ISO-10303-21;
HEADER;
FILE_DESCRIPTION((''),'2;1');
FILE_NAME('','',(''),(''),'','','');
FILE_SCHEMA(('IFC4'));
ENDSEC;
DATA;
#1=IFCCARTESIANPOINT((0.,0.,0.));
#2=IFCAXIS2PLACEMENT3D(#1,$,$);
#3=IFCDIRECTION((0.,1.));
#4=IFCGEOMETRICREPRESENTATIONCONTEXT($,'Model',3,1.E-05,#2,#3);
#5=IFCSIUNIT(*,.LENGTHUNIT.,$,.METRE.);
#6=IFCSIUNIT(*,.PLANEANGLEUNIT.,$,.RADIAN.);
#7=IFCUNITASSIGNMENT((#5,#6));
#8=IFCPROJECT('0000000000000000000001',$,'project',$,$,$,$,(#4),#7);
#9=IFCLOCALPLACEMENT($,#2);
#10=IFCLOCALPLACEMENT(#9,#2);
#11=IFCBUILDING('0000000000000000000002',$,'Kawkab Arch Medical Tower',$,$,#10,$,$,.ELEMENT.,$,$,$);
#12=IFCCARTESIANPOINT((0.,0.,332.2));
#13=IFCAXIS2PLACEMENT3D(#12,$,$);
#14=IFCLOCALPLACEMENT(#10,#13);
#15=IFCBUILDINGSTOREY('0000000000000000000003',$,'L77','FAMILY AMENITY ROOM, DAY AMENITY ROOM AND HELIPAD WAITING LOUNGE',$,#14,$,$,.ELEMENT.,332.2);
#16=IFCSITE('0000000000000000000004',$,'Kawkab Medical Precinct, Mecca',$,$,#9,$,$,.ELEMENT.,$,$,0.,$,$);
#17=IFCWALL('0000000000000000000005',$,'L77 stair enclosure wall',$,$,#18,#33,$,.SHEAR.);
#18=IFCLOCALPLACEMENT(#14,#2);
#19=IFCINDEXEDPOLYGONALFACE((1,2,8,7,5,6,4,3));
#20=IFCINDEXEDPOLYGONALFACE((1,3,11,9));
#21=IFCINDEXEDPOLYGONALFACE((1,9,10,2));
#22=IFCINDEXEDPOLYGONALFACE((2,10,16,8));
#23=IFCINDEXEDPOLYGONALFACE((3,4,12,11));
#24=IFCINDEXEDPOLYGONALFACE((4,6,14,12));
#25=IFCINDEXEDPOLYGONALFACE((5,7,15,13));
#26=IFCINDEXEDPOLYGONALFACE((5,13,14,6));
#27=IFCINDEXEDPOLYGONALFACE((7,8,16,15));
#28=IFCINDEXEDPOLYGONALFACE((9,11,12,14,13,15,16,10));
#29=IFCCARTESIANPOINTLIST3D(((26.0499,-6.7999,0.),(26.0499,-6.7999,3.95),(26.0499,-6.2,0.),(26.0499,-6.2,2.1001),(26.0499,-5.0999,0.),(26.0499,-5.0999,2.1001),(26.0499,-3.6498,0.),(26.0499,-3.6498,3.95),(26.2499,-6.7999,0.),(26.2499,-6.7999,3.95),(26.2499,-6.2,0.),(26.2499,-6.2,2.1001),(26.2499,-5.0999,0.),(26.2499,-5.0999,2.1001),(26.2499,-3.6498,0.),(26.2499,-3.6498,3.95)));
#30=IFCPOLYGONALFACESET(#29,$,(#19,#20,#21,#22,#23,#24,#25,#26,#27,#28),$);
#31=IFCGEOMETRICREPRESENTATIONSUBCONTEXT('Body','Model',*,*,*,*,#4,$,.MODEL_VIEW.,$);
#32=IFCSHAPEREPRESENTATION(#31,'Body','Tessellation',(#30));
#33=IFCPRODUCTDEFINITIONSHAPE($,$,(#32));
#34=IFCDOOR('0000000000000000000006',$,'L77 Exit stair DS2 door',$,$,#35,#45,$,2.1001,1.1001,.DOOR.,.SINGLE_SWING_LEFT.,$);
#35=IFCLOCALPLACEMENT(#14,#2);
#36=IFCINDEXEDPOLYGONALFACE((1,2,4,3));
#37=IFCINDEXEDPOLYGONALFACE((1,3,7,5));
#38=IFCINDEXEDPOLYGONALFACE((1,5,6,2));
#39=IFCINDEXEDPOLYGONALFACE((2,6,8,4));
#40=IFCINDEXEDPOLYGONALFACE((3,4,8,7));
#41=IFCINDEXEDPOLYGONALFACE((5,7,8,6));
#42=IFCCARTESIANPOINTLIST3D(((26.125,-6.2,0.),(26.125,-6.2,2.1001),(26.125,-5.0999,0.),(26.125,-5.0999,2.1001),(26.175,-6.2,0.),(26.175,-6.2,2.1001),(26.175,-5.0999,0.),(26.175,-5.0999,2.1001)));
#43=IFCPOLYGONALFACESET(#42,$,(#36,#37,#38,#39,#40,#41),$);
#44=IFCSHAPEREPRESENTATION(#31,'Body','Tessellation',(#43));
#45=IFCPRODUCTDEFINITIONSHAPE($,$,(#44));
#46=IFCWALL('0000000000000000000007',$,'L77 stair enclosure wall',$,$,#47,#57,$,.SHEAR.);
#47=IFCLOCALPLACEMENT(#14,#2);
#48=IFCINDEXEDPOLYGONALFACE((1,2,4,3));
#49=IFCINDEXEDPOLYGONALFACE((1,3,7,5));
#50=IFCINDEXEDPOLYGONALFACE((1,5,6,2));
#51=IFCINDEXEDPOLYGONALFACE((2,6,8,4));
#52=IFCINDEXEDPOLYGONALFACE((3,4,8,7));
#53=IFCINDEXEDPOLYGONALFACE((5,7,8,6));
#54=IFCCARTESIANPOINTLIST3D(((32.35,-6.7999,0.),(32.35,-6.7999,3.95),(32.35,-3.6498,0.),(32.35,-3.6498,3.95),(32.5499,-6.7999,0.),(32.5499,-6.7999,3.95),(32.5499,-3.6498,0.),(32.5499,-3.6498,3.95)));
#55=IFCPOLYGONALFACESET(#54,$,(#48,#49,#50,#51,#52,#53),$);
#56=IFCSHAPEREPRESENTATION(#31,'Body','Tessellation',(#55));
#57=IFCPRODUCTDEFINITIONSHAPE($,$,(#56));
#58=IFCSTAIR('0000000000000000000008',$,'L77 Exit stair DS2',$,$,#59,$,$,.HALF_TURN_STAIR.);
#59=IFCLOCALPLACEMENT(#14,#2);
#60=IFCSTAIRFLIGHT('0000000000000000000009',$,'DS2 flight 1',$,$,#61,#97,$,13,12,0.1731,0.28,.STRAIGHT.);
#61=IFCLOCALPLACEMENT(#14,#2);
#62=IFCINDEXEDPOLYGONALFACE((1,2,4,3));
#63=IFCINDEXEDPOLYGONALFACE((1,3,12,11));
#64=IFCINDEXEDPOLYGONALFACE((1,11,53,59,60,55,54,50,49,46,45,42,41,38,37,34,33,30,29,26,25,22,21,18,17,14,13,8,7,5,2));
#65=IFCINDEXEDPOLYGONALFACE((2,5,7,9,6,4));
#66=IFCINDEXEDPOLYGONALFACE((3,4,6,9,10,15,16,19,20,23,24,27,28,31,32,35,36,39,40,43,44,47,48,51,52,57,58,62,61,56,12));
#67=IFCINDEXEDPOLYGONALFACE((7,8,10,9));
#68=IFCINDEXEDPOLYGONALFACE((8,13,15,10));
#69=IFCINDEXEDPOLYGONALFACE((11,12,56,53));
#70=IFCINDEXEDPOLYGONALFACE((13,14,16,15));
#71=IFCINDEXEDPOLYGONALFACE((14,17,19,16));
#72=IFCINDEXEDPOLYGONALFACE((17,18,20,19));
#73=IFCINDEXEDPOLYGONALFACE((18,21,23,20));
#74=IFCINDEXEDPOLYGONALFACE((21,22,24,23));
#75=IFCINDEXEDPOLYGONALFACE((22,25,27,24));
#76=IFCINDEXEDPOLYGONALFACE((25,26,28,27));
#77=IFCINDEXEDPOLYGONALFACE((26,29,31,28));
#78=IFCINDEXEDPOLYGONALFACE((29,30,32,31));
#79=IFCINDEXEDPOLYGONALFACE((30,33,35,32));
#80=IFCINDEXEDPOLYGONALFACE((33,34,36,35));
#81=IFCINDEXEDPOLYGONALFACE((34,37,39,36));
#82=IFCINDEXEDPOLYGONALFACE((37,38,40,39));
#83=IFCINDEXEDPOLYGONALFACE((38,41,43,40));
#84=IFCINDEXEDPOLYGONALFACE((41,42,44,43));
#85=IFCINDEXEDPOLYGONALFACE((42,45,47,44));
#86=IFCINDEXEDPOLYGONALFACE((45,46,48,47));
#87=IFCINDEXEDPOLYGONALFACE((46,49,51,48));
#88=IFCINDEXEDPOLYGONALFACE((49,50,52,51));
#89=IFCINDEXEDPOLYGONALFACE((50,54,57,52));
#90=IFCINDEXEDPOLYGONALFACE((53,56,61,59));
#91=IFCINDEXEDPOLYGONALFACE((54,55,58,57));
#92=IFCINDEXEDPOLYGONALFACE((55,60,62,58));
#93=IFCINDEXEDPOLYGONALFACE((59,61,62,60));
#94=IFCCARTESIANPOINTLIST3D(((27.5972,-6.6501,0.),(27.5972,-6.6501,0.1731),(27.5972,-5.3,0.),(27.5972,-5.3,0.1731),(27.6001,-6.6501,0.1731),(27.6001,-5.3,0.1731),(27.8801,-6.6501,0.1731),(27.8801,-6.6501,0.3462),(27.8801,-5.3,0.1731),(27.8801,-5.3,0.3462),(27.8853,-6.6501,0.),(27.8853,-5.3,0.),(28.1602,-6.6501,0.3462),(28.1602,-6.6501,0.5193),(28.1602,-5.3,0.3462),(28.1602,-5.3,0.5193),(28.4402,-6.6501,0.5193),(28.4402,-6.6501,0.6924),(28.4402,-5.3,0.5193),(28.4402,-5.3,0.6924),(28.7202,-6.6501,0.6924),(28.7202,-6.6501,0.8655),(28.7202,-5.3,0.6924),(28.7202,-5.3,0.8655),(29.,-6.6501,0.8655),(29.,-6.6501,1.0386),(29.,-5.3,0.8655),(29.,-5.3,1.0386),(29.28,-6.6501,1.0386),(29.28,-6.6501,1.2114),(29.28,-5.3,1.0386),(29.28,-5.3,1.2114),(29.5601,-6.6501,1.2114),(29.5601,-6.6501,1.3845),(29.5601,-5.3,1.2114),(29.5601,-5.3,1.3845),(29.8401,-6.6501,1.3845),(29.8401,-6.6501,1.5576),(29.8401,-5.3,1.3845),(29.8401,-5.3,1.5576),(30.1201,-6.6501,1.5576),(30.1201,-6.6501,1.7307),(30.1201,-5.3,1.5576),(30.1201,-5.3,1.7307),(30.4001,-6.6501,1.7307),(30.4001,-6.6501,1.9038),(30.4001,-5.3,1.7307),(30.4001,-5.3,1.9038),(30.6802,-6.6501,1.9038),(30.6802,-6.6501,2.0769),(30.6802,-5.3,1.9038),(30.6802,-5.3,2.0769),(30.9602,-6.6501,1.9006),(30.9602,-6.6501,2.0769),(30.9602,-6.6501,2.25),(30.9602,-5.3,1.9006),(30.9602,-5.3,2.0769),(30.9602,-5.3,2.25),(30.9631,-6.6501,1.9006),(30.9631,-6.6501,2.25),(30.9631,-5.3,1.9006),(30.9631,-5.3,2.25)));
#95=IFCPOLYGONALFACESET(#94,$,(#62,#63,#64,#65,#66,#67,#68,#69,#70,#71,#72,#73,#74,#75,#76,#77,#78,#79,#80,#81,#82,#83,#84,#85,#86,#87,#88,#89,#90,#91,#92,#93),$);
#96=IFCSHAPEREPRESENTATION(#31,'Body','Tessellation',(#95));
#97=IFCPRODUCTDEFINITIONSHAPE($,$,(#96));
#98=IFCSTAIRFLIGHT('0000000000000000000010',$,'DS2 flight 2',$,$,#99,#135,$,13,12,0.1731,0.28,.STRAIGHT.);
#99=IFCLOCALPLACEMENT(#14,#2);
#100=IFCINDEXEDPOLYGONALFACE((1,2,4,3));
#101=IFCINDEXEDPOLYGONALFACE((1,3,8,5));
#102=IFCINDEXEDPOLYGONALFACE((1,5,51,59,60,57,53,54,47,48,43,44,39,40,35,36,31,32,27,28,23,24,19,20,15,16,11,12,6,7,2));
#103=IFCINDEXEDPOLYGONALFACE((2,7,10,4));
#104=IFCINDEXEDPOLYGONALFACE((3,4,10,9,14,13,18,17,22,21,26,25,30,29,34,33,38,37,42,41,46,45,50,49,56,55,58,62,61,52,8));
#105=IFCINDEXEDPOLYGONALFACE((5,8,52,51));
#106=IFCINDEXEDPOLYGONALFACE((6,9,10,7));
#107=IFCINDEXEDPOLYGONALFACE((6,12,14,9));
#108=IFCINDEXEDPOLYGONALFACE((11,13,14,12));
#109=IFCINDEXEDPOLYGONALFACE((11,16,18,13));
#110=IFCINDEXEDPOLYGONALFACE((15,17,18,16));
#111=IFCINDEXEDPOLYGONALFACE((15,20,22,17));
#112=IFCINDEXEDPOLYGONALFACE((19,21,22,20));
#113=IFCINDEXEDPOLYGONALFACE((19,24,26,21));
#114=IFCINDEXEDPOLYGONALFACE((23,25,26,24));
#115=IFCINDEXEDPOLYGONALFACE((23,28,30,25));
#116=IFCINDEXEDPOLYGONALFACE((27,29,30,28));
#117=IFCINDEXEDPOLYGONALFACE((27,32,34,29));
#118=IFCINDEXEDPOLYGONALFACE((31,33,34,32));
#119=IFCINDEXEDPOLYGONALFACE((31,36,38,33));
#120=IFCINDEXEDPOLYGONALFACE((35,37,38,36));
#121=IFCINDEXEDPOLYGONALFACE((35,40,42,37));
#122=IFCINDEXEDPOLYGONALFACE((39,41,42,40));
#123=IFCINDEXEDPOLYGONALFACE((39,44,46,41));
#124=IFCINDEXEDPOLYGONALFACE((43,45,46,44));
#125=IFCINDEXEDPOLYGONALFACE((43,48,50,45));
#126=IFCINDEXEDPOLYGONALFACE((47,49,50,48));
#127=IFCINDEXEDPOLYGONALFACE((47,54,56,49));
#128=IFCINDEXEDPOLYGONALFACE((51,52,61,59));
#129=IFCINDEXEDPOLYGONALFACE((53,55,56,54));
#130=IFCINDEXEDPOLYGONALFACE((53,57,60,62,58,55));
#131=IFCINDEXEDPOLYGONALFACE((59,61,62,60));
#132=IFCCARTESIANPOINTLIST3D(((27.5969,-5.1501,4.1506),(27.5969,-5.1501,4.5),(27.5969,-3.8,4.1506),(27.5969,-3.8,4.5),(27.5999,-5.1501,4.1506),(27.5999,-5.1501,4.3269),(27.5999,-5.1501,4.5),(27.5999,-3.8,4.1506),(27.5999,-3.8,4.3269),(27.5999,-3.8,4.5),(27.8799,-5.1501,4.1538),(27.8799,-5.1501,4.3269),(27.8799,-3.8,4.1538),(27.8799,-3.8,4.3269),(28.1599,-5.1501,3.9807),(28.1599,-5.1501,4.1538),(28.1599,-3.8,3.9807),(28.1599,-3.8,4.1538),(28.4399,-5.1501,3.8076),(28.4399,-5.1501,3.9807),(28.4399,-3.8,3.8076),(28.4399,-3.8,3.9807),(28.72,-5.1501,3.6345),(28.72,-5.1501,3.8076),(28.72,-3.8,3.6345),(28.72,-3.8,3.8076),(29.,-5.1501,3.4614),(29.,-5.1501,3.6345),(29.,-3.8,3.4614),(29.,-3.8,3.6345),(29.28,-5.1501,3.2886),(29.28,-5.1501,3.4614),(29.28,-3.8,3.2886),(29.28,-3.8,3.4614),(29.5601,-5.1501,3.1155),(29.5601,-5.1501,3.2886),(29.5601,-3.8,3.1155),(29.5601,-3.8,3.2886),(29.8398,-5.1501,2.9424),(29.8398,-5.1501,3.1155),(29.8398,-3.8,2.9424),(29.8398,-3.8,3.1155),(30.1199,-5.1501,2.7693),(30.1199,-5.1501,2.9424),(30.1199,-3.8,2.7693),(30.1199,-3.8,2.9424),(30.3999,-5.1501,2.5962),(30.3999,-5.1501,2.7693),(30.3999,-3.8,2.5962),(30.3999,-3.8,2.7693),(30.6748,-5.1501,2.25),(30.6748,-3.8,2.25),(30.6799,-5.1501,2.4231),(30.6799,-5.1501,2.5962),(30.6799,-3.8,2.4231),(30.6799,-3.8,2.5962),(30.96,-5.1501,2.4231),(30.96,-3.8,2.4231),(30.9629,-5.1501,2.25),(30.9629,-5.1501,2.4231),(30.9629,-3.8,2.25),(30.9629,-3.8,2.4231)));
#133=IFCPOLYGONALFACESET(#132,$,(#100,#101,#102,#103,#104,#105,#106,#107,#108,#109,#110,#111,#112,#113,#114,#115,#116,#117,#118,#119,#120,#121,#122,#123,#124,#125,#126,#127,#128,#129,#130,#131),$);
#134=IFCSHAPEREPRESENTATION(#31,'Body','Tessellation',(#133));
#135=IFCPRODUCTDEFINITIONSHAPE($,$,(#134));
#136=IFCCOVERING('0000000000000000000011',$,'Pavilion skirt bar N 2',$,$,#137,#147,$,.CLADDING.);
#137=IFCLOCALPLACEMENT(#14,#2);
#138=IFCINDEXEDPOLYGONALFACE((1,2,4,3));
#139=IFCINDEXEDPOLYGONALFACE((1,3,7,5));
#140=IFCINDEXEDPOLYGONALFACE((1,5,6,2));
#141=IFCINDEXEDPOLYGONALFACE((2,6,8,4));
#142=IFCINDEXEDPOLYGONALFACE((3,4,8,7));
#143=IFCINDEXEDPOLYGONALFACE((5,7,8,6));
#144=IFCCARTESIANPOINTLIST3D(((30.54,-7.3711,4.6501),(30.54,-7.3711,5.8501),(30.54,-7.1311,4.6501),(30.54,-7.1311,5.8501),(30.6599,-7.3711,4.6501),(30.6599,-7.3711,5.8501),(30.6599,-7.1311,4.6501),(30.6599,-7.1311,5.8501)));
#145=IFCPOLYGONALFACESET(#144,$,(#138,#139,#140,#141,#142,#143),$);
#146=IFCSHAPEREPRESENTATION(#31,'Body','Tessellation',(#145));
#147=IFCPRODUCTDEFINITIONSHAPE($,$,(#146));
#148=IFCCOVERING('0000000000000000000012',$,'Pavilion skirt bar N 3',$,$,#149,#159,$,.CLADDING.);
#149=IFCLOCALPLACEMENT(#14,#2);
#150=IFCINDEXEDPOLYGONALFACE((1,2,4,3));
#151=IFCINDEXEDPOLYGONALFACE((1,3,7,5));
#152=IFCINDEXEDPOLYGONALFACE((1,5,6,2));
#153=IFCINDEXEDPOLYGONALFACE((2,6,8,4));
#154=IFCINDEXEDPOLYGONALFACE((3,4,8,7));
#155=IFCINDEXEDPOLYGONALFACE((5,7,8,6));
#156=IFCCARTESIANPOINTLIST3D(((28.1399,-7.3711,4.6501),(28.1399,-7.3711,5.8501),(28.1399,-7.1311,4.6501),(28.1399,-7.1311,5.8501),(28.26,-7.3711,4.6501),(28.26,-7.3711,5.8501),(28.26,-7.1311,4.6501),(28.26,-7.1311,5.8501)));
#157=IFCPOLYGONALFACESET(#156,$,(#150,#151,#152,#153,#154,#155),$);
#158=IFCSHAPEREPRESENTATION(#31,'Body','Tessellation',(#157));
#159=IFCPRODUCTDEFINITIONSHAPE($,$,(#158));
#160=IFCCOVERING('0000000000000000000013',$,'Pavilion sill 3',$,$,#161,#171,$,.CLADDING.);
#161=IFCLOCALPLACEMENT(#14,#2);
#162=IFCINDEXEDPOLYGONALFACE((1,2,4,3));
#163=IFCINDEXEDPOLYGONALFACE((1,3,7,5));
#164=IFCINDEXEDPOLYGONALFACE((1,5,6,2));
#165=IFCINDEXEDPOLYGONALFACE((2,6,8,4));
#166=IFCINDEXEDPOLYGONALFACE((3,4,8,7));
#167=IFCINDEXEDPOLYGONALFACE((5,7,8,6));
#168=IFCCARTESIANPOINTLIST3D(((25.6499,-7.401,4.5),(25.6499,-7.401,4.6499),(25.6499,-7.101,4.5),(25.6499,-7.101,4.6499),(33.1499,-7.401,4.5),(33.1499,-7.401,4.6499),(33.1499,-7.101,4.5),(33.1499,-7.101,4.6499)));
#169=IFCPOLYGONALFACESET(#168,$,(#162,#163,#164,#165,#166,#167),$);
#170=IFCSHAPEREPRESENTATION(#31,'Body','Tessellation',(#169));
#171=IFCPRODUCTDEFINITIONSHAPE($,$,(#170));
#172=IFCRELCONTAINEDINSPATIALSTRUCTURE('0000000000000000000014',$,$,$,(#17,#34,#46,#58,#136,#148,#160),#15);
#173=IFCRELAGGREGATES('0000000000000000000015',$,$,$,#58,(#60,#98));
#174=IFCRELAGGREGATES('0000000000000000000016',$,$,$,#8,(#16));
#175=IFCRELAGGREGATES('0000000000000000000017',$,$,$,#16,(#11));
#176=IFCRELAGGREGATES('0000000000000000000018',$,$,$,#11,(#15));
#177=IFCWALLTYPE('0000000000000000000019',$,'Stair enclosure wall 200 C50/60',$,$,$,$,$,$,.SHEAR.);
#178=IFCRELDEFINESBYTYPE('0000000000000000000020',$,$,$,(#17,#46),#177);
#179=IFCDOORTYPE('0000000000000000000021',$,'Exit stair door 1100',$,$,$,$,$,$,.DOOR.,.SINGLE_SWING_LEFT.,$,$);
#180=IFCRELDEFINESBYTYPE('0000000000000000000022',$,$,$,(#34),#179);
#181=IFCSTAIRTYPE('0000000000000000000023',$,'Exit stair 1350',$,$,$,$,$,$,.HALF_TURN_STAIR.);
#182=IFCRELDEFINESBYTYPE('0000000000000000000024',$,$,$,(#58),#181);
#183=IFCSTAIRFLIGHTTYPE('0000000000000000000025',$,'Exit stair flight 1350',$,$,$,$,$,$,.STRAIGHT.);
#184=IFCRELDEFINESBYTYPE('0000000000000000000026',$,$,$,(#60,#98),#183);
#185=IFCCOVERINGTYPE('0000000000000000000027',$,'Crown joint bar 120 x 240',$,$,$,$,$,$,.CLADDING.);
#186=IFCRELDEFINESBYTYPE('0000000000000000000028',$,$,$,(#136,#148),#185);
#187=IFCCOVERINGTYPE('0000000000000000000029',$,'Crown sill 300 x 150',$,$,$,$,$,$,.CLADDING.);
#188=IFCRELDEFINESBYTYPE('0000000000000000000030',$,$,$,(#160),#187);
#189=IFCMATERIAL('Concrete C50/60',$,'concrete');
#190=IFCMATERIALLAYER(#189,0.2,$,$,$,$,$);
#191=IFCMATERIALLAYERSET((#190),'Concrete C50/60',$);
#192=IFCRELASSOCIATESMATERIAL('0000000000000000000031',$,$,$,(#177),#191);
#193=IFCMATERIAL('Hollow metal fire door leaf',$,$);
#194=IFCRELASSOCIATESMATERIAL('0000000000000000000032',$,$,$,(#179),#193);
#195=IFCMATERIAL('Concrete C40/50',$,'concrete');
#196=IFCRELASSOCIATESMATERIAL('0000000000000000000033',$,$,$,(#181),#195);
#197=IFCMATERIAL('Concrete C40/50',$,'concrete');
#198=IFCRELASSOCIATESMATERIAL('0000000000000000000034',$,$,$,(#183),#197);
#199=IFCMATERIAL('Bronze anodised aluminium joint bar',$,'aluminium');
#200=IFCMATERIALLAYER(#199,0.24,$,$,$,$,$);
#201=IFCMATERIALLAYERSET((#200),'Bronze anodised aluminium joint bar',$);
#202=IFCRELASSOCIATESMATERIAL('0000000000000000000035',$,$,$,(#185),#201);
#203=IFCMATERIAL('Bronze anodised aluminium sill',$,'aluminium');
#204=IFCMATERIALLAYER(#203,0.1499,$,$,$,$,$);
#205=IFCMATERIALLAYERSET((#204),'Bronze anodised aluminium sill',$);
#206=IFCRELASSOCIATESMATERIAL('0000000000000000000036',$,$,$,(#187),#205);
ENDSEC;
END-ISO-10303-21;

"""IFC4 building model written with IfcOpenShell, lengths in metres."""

from ifc_helpers import new_model, si_unit, direction, frame, frame_2d, origin, origin_2d, place, context, subcontext, project, spatial, polyline, rectangle, outline, extrude, material, layer, layer_set, type_object, element, fill, aggregate, save


model = new_model("IFC4")

# Units and contexts
model_context = context("Model", 3, precision=1e-05, world=origin(), true_north=direction((0.0, 1.0)))
body_context = subcontext(model_context, "Body", "Model", "MODEL_VIEW")
ifc_project = project(units=[si_unit("LENGTHUNIT", "METRE"), si_unit("PLANEANGLEUNIT", "RADIAN")], contexts=[model_context])

# Site, building, storey
site_placement = place(None, origin())
site = spatial("IfcSite", under=ifc_project, at=site_placement, Name="Kawkab Medical Precinct, Mecca", CompositionType="ELEMENT", RefElevation=0.0)
building_placement = place(site_placement, origin())
building = spatial("IfcBuilding", under=site, at=building_placement, Name="Kawkab Arch Medical Tower", CompositionType="ELEMENT")
storey_placement = place(building_placement, frame((0.0, 0.0, 332.2)))
storey = spatial("IfcBuildingStorey", under=building, at=storey_placement, Name="L77", Description="FAMILY AMENITY ROOM, DAY AMENITY ROOM AND HELIPAD WAITING LOUNGE", CompositionType="ELEMENT", Elevation=332.2)

# Shared definitions
placement = place(storey_placement, origin())

# Wall, opening, door
ifc_material_1 = material(Name="Concrete C50/60", Category="concrete")
ifc_layer_1 = layer(ifc_material_1, 0.2)
ifc_layer_set_1 = layer_set([ifc_layer_1], Name="Concrete C50/60")
wall_type_1 = type_object("IfcWallType", Name="Stair enclosure wall 200 C50/60", PredefinedType="SHEAR", material=ifc_layer_set_1)
wall_1_placement = place(storey_placement, frame((26.1499, -6.8, 0.0), z_axis=(0.0, 0.0, 1.0), x_axis=(0.0, 1.0, 0.0)))
wall_1 = element("IfcWall", 1, at=wall_1_placement, inside=storey, type_object=wall_type_1, Name="L77 stair enclosure wall", PredefinedType="SHEAR", context=body_context, shape_type="SweptSolid", body=[
    extrude(rectangle(XDim=3.1501, YDim=0.2, at=frame_2d((1.5752, 0.0))), origin(), (0.0, 0.0, 1.0), 3.95),
])
opening_placement = place(wall_1_placement, frame((0.6001, 0.0, 0.0)))
opening = element("IfcOpeningElement", 2, at=opening_placement, cuts=wall_1, PredefinedType="OPENING", context=body_context, shape_type="SweptSolid", body=[
    extrude(rectangle(XDim=1.1001, YDim=2.1001, at=frame_2d((0.55, 1.05))), frame((0.0, 0.1099, 0.0), z_axis=(0.0, -1.0, 0.0), x_axis=(1.0, 0.0, 0.0)), (0.0, 0.0, 1.0), 0.22),
])
ifc_material_2 = material(Name="Hollow metal fire door leaf")
door_type = type_object("IfcDoorType", Name="Exit stair door 1100", OperationType="SINGLE_SWING_LEFT", PredefinedType="DOOR", material=ifc_material_2)
door_placement = place(opening_placement, origin())
door = element("IfcDoor", 3, at=door_placement, inside=storey, type_object=door_type, Name="L77 Exit stair DS2 door", OperationType="SINGLE_SWING_LEFT", OverallHeight=2.1001, OverallWidth=1.1001, PredefinedType="DOOR", context=body_context, shape_type="SweptSolid", body=[
    extrude(rectangle(XDim=1.1001, YDim=2.1001, at=frame_2d((0.55, 1.05))), frame((0.0, 0.0249, 0.0), z_axis=(0.0, -1.0, 0.0), x_axis=(1.0, 0.0, 0.0)), (0.0, 0.0, 1.0), 0.05),
])
fill(opening, door)

# Wall
wall_2_placement = place(storey_placement, frame((32.45, -6.8, 0.0), z_axis=(0.0, 0.0, 1.0), x_axis=(0.0, 1.0, 0.0)))
element("IfcWall", 4, at=wall_2_placement, inside=storey, type_object=wall_type_1, Name="L77 stair enclosure wall", PredefinedType="SHEAR", context=body_context, shape_type="SweptSolid", body=[
    extrude(rectangle(XDim=3.1501, YDim=0.2, at=frame_2d((1.5752, 0.0))), origin(), (0.0, 0.0, 1.0), 3.95),
])

# Stair, stair flights
ifc_material_3 = material(Name="Concrete C40/50", Category="concrete")
stair_type = type_object("IfcStairType", Name="Exit stair 1350", PredefinedType="HALF_TURN_STAIR", material=ifc_material_3)
stair = element("IfcStair", 5, at=placement, inside=storey, type_object=stair_type, Name="L77 Exit stair DS2", PredefinedType="HALF_TURN_STAIR")
ifc_material_4 = material(Name="Concrete C40/50", Category="concrete")
stair_flight_type = type_object("IfcStairFlightType", Name="Exit stair flight 1350", PredefinedType="STRAIGHT", material=ifc_material_4)
stair_flight_1_placement = place(storey_placement, frame((27.6001, -5.9751, 0.0), z_axis=(0.0, 0.0, 1.0), x_axis=(1.0, 0.0, 0.0)))
stair_flight_1 = element("IfcStairFlight", 6, at=stair_flight_1_placement, type_object=stair_flight_type, Name="DS2 flight 1", NumberOfRisers=13, NumberOfTreads=12, PredefinedType="STRAIGHT", RiserHeight=0.1731, TreadLength=0.28, context=body_context, shape_type="SweptSolid", body=[
    extrude(outline(polyline([(-0.0029, 0.0), (-0.0029, 0.1731), (0.0, 0.1731), (0.28, 0.1731), (0.28, 0.3462), (0.5601, 0.3462), (0.5601, 0.5193), (0.8401, 0.5193), (0.8401, 0.6924), (1.1201, 0.6924), (1.1201, 0.8655), (1.3999, 0.8655), (1.3999, 1.0386), (1.6799, 1.0386), (1.6799, 1.2114), (1.96, 1.2114), (1.96, 1.3845), (2.24, 1.3845), (2.24, 1.5576), (2.52, 1.5576), (2.52, 1.7307), (2.8, 1.7307), (2.8, 1.9038), (3.0801, 1.9038), (3.0801, 2.0769), (3.3601, 2.0769), (3.3601, 2.25), (3.363, 2.25), (3.363, 1.9006), (3.3601, 1.9006), (0.2852, 0.0), (-0.0029, 0.0)])), frame((0.0, 0.675, 0.0), z_axis=(0.0, -1.0, 0.0), x_axis=(1.0, 0.0, 0.0)), (0.0, 0.0, 1.0), 1.3501),
])
stair_flight_2_placement = place(storey_placement, frame((30.96, -4.4751, 2.25), z_axis=(0.0, 0.0, 1.0), x_axis=(-1.0, 0.0, 0.0)))
stair_flight_2 = element("IfcStairFlight", 7, at=stair_flight_2_placement, type_object=stair_flight_type, Name="DS2 flight 2", NumberOfRisers=13, NumberOfTreads=12, PredefinedType="STRAIGHT", RiserHeight=0.1731, TreadLength=0.28, context=body_context, shape_type="SweptSolid", body=[
    extrude(outline(polyline([(-0.0029, 0.0), (-0.0029, 0.1731), (0.0, 0.1731), (0.28, 0.1731), (0.28, 0.3462), (0.5601, 0.3462), (0.5601, 0.5193), (0.8401, 0.5193), (0.8401, 0.6924), (1.1201, 0.6924), (1.1201, 0.8655), (1.3999, 0.8655), (1.3999, 1.0386), (1.6799, 1.0386), (1.6799, 1.2114), (1.96, 1.2114), (1.96, 1.3845), (2.24, 1.3845), (2.24, 1.5576), (2.52, 1.5576), (2.52, 1.7307), (2.8, 1.7307), (2.8, 1.9038), (3.0801, 1.9038), (3.0801, 2.0769), (3.3601, 2.0769), (3.3601, 2.25), (3.363, 2.25), (3.363, 1.9006), (3.3601, 1.9006), (0.2852, 0.0), (-0.0029, 0.0)])), frame((0.0, 0.675, 0.0), z_axis=(0.0, -1.0, 0.0), x_axis=(1.0, 0.0, 0.0)), (0.0, 0.0, 1.0), 1.3501),
])
aggregate(stair, [stair_flight_1, stair_flight_2])

# Coverings
ifc_material_5 = material(Name="Bronze anodised aluminium joint bar", Category="aluminium")
ifc_layer_2 = layer(ifc_material_5, 0.24)
ifc_layer_set_2 = layer_set([ifc_layer_2], Name="Bronze anodised aluminium joint bar")
covering_type_1 = type_object("IfcCoveringType", Name="Crown joint bar 120 x 240", PredefinedType="CLADDING", material=ifc_layer_set_2)
covering_1_placement = place(storey_placement, frame((30.54, -7.1311, 4.6501), z_axis=(0.0, 1.0, 0.0), x_axis=(0.0, 0.0, 1.0)))
element("IfcCovering", 8, at=covering_1_placement, inside=storey, type_object=covering_type_1, Name="Pavilion skirt bar N 2", PredefinedType="CLADDING", context=body_context, shape_type="SweptSolid", body=[
    extrude(outline(polyline([(0.0, 0.0), (1.2, 0.0), (1.2, 0.1199), (0.0, 0.1199), (0.0, 0.0)])), origin(), (0.0, 0.0, -1.0), 0.24),
])
covering_2_placement = place(storey_placement, frame((28.1399, -7.1311, 4.6501), z_axis=(0.0, 1.0, 0.0), x_axis=(0.0, 0.0, 1.0)))
element("IfcCovering", 9, at=covering_2_placement, inside=storey, type_object=covering_type_1, Name="Pavilion skirt bar N 3", PredefinedType="CLADDING", context=body_context, shape_type="SweptSolid", body=[
    extrude(outline(polyline([(0.0, 0.0), (1.2, 0.0), (1.2, 0.1201), (0.0, 0.1201), (0.0, 0.0)])), origin(), (0.0, 0.0, -1.0), 0.24),
])
ifc_material_6 = material(Name="Bronze anodised aluminium sill", Category="aluminium")
ifc_layer_3 = layer(ifc_material_6, 0.1499)
ifc_layer_set_3 = layer_set([ifc_layer_3], Name="Bronze anodised aluminium sill")
covering_type_2 = type_object("IfcCoveringType", Name="Crown sill 300 x 150", PredefinedType="CLADDING", material=ifc_layer_set_3)
covering_3_placement = place(storey_placement, frame((29.3999, -7.251, 4.5), z_axis=(0.0, 0.0, 1.0), x_axis=(-1.0, 0.0, 0.0)))
element("IfcCovering", 10, at=covering_3_placement, inside=storey, type_object=covering_type_2, Name="Pavilion sill 3", PredefinedType="CLADDING", context=body_context, shape_type="SweptSolid", body=[
    extrude(rectangle(XDim=7.5, YDim=0.3, at=origin_2d()), origin(), (0.0, 0.0, 1.0), 0.1499),
])

save(model, "model.ifc")
